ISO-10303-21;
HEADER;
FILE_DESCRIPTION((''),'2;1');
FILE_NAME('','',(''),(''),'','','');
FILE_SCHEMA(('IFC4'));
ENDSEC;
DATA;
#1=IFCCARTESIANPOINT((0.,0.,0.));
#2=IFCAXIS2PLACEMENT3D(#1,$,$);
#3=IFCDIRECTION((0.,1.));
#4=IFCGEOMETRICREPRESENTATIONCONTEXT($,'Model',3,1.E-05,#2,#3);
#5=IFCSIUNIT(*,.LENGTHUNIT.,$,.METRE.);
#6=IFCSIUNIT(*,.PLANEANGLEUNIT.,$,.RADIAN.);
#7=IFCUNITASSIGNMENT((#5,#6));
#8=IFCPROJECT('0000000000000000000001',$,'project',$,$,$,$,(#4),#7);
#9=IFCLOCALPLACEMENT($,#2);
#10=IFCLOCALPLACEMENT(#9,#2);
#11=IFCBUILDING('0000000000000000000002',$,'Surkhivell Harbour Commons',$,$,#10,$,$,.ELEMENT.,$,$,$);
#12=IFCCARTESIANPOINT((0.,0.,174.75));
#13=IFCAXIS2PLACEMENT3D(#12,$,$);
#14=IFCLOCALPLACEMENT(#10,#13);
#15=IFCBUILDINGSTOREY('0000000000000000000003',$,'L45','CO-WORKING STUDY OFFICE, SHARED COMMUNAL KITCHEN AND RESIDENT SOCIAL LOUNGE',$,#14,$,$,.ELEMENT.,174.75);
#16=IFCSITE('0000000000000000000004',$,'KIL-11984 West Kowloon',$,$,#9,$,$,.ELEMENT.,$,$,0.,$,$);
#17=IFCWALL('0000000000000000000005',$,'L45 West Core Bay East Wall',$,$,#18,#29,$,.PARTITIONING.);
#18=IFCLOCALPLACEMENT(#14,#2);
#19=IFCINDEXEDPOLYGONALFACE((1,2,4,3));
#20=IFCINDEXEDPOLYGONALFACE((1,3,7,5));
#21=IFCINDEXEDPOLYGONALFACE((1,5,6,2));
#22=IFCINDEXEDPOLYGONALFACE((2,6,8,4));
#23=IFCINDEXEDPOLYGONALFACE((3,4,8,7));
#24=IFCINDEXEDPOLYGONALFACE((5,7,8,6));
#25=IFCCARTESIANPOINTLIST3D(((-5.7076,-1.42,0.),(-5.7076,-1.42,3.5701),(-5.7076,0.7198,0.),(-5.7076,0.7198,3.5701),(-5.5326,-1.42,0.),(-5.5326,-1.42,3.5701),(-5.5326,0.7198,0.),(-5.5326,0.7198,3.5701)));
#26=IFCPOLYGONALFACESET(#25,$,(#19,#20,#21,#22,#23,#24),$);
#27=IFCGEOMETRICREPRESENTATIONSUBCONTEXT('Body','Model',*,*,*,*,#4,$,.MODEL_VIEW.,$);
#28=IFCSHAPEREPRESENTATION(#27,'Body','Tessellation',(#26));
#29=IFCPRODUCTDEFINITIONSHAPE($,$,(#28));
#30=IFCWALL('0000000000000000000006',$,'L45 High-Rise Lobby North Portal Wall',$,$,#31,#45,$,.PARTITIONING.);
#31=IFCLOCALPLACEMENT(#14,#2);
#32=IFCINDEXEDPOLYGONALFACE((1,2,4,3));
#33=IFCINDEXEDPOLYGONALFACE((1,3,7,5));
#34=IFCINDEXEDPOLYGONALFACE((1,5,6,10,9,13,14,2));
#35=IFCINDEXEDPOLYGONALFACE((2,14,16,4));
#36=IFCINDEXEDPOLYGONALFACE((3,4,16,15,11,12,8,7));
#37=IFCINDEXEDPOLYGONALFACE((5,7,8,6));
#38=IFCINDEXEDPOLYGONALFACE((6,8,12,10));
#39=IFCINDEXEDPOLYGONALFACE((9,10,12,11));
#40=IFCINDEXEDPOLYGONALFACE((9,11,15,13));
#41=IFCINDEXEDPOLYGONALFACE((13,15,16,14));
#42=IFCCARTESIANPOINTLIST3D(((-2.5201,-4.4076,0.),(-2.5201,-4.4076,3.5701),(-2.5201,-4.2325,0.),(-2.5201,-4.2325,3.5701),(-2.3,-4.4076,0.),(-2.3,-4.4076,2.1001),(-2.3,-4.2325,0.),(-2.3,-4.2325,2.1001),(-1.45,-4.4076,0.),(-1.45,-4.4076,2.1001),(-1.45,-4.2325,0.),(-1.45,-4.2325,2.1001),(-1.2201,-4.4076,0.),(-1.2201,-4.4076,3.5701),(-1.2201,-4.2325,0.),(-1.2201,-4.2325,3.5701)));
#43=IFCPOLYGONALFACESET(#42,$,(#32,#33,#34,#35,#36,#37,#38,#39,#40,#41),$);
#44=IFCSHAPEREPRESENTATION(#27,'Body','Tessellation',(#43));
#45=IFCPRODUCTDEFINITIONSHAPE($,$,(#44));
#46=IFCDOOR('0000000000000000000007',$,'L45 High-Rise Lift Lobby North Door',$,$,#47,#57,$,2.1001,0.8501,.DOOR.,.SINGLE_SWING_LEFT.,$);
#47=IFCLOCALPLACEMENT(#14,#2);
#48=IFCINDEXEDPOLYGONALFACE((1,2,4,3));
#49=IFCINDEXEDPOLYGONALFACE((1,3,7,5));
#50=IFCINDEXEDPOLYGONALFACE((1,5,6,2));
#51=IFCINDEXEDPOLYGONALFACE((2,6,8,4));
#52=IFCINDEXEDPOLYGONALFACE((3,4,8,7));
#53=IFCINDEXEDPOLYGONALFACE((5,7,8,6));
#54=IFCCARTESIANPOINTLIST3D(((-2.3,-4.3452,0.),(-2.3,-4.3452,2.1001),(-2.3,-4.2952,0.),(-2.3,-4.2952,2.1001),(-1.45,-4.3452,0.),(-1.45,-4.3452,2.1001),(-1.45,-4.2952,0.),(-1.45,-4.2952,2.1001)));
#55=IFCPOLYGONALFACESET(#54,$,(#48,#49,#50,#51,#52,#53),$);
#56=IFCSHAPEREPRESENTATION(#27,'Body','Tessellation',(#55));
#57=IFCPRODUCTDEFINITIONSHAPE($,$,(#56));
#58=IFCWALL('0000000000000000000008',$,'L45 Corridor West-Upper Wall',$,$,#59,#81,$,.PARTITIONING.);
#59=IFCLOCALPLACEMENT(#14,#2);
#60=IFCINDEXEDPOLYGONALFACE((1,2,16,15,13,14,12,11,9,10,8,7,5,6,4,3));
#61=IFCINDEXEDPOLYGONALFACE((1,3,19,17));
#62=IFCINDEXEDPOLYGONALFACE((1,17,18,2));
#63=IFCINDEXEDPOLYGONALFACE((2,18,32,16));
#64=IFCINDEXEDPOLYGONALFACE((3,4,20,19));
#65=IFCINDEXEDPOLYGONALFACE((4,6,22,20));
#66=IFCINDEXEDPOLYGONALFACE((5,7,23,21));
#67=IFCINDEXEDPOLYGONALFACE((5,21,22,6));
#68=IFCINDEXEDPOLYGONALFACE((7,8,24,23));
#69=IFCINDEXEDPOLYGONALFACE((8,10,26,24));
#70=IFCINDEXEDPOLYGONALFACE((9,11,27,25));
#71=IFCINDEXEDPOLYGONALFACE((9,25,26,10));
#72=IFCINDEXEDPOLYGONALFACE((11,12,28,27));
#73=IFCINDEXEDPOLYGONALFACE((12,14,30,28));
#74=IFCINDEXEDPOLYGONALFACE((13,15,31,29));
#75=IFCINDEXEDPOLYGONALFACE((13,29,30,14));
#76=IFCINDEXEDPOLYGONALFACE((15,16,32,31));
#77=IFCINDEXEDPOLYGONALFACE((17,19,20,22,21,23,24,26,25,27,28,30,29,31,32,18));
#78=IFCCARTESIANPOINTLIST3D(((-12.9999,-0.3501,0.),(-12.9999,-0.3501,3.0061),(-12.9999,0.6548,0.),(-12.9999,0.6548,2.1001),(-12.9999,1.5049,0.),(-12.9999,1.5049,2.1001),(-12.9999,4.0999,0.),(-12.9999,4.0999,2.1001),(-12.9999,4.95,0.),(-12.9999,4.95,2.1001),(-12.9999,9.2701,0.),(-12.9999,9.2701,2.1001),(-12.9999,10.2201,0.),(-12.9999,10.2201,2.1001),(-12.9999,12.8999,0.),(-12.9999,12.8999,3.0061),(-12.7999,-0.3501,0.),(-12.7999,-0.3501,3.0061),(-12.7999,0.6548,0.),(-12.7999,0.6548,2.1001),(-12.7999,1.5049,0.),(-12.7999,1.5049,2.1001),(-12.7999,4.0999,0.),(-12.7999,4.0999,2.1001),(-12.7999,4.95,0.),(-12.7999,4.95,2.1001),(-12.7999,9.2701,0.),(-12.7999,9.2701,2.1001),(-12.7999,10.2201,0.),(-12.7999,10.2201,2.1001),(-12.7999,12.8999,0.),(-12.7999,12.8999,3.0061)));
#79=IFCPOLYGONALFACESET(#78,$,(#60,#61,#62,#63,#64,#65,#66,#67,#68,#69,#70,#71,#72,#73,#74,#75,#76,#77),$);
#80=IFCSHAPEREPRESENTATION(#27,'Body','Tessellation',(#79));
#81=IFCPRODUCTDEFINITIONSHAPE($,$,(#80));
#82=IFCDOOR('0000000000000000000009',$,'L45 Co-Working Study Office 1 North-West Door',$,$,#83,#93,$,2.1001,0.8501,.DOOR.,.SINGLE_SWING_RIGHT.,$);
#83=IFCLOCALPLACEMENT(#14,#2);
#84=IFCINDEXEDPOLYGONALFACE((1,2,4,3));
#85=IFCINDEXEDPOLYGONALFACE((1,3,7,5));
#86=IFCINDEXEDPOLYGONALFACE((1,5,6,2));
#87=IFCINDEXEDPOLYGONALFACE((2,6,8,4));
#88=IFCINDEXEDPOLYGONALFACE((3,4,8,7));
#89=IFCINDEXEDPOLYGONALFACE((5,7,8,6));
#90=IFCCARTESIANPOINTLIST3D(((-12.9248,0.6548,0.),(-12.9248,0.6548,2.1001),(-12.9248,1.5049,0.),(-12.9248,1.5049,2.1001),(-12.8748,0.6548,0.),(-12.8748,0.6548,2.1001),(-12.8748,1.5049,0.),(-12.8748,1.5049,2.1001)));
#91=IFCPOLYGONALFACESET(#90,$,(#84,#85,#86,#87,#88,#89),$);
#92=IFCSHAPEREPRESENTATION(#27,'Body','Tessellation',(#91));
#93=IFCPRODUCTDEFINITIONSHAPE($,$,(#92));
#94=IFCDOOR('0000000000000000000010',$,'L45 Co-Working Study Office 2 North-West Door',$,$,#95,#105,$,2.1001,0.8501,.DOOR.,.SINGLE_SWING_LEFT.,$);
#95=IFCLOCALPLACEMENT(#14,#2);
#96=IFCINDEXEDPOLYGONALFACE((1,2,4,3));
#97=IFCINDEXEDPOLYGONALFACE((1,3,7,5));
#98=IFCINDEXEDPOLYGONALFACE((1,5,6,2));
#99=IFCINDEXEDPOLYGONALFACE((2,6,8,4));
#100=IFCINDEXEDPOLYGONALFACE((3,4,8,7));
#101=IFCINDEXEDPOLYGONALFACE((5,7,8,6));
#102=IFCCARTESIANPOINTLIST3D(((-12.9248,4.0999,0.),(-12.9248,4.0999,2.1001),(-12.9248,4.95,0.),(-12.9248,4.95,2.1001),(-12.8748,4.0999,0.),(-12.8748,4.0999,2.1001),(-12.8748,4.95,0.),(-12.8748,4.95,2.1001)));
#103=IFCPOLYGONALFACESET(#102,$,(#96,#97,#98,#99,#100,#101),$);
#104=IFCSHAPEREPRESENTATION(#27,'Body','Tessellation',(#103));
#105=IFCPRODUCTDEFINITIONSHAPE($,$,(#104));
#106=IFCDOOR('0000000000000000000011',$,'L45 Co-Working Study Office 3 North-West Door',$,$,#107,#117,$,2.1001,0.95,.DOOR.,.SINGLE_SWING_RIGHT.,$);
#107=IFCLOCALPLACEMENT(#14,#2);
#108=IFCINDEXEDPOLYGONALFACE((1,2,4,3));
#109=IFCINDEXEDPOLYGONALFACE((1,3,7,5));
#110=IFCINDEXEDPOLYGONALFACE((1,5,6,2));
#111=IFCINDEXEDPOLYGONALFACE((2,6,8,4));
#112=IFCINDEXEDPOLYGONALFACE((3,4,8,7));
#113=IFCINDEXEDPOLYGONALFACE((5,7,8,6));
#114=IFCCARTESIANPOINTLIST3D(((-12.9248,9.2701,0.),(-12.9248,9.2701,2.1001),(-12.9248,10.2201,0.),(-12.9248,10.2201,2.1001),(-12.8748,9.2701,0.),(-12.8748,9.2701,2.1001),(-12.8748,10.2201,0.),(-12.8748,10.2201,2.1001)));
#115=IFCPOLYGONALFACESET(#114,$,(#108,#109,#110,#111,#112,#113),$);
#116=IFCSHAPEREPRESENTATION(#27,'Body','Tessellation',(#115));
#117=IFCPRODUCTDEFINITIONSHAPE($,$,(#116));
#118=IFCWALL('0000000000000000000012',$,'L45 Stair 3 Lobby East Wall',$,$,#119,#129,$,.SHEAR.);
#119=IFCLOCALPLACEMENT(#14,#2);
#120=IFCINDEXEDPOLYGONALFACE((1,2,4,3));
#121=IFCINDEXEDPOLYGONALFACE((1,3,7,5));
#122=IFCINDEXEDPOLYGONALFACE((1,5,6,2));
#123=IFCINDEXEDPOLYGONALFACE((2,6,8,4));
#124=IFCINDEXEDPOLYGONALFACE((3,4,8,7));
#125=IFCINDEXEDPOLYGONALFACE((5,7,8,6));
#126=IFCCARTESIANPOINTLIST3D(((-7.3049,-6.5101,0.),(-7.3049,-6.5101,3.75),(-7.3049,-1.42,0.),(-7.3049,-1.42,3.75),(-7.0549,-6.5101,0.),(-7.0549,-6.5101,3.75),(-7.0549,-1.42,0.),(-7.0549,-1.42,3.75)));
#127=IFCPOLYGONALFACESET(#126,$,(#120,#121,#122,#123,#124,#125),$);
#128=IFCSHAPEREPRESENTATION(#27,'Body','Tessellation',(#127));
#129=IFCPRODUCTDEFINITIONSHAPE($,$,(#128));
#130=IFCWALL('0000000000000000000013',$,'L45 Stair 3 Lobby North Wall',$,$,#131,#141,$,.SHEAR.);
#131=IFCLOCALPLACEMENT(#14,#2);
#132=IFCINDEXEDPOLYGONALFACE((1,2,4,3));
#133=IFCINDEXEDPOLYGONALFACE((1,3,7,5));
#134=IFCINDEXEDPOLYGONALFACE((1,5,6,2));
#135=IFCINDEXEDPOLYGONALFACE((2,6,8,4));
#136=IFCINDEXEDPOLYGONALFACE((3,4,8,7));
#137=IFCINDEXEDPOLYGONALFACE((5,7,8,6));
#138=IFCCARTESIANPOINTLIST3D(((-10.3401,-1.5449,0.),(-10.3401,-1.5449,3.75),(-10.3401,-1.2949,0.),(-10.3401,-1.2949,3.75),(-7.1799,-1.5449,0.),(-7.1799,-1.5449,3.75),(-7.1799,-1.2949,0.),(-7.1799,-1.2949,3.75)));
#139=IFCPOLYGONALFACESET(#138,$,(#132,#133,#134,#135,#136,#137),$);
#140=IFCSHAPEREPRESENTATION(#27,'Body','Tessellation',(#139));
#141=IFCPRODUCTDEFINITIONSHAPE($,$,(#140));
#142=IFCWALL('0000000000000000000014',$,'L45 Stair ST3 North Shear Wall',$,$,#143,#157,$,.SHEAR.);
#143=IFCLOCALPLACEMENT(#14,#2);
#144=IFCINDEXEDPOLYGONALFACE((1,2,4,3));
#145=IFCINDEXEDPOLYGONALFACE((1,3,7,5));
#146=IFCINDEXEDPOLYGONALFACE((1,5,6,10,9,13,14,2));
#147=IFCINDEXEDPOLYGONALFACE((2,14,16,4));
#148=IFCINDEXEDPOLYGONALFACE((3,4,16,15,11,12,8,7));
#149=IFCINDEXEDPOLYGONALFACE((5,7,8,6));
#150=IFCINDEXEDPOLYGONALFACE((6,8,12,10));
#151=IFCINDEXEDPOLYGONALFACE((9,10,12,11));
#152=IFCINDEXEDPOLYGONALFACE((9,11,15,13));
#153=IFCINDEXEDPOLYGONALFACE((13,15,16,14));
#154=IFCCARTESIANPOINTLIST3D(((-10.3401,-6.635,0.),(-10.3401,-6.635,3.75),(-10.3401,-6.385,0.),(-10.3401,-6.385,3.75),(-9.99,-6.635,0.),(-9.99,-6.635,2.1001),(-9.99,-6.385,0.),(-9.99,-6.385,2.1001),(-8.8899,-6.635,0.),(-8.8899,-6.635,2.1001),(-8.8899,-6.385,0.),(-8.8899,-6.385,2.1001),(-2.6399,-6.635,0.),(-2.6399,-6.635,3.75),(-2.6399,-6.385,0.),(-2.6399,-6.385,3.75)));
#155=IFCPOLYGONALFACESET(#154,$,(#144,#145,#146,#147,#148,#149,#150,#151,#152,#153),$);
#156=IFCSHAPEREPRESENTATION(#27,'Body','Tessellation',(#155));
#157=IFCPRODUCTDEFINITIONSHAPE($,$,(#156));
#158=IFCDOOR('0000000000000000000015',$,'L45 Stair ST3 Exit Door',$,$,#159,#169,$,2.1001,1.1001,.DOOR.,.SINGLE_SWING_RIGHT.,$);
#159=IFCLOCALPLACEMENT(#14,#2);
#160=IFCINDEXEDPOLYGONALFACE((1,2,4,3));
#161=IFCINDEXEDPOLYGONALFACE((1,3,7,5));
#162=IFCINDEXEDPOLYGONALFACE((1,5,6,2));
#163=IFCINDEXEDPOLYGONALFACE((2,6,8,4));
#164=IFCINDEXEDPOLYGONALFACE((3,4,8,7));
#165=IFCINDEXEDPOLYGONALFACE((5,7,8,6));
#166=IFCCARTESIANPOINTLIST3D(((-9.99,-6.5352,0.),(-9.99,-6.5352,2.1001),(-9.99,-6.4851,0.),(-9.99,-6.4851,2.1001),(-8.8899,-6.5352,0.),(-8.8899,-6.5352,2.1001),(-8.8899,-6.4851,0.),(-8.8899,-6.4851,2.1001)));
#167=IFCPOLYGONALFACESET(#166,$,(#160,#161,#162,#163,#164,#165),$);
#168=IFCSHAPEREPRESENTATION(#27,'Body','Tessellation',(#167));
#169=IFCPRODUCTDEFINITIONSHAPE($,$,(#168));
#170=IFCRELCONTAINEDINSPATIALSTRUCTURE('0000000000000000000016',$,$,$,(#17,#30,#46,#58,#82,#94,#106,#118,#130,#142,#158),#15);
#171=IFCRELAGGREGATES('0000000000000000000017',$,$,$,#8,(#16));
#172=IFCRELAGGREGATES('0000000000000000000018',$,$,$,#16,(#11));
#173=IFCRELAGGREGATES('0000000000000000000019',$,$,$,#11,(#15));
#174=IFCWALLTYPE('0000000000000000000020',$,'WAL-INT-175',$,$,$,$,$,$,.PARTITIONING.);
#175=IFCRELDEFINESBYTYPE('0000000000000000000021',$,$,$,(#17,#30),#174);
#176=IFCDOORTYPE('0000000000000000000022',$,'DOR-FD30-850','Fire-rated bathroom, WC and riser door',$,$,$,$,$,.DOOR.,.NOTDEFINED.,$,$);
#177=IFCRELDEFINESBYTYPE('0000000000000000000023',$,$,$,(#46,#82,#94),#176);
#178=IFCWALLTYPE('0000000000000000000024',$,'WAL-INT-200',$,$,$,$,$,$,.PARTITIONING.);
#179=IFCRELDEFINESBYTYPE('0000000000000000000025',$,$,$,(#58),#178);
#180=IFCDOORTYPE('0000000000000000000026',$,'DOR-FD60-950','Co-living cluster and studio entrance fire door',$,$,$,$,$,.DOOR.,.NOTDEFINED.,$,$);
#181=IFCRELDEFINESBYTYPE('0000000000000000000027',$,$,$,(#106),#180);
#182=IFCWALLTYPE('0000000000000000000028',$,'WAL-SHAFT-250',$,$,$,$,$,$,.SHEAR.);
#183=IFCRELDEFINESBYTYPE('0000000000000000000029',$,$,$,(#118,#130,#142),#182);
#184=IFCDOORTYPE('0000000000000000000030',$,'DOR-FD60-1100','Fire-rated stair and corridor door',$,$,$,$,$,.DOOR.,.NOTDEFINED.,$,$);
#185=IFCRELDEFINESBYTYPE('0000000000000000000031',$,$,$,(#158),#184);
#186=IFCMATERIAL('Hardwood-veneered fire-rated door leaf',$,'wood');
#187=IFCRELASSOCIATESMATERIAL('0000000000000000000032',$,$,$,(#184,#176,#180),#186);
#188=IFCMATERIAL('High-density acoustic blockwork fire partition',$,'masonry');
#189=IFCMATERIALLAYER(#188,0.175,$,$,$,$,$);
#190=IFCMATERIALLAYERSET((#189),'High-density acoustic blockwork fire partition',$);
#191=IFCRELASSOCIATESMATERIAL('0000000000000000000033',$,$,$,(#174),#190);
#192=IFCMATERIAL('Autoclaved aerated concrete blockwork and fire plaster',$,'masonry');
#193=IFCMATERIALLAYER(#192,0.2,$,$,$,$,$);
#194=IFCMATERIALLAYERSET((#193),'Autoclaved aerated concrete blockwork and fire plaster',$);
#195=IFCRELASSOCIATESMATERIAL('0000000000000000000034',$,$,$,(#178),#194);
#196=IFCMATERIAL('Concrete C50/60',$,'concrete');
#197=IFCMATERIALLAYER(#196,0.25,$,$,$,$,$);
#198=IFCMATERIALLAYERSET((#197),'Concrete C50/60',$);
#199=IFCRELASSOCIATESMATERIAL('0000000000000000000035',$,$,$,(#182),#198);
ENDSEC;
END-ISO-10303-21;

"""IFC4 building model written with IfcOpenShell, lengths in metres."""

from ifc_helpers import new_model, si_unit, direction, frame, frame_2d, origin, place, context, subcontext, project, spatial, rectangle, extrude, material, layer, layer_set, type_object, element, fill, save


model = new_model("IFC4")

# Units and contexts
model_context = context("Model", 3, precision=1e-05, world=origin(), true_north=direction((0.0, 1.0)))
body_context = subcontext(model_context, "Body", "Model", "MODEL_VIEW")
ifc_project = project(units=[si_unit("LENGTHUNIT", "METRE"), si_unit("PLANEANGLEUNIT", "RADIAN")], contexts=[model_context])

# Site, building, storey
site_placement = place(None, origin())
site = spatial("IfcSite", under=ifc_project, at=site_placement, Name="KIL-11984 West Kowloon", CompositionType="ELEMENT", RefElevation=0.0)
building_placement = place(site_placement, origin())
building = spatial("IfcBuilding", under=site, at=building_placement, Name="Surkhivell Harbour Commons", CompositionType="ELEMENT")
storey_placement = place(building_placement, frame((0.0, 0.0, 174.75)))
storey = spatial("IfcBuildingStorey", under=building, at=storey_placement, Name="L45", Description="CO-WORKING STUDY OFFICE, SHARED COMMUNAL KITCHEN AND RESIDENT SOCIAL LOUNGE", CompositionType="ELEMENT", Elevation=174.75)

# Shared definitions
ifc_material_1 = material(Name="Hardwood-veneered fire-rated door leaf", Category="wood")
door_type_1 = type_object("IfcDoorType", Name="DOR-FD60-1100", Description="Fire-rated stair and corridor door", OperationType="NOTDEFINED", PredefinedType="DOOR", material=ifc_material_1)
door_type_2 = type_object("IfcDoorType", Name="DOR-FD30-850", Description="Fire-rated bathroom, WC and riser door", OperationType="NOTDEFINED", PredefinedType="DOOR", material=ifc_material_1)
ifc_material_2 = material(Name="High-density acoustic blockwork fire partition", Category="masonry")
ifc_layer_1 = layer(ifc_material_2, 0.175)
ifc_layer_set_1 = layer_set([ifc_layer_1], Name="High-density acoustic blockwork fire partition")
wall_type_1 = type_object("IfcWallType", Name="WAL-INT-175", PredefinedType="PARTITIONING", material=ifc_layer_set_1)

# Wall
wall_1_placement = place(storey_placement, frame((-5.6201, -1.4199, 0.0), z_axis=(0.0, 0.0, 1.0), x_axis=(0.0, 1.0, 0.0)))
element("IfcWall", 1, at=wall_1_placement, inside=storey, type_object=wall_type_1, Name="L45 West Core Bay East Wall", PredefinedType="PARTITIONING", context=body_context, shape_type="SweptSolid", body=[
    extrude(rectangle(XDim=2.1399, YDim=0.175, at=frame_2d((1.0698, 0.0))), origin(), (0.0, 0.0, 1.0), 3.5701),
])

# Wall, opening, door
wall_2_placement = place(storey_placement, frame((-2.52, -4.3201, 0.0), z_axis=(0.0, 0.0, 1.0), x_axis=(1.0, 0.0, 0.0)))
wall_2 = element("IfcWall", 2, at=wall_2_placement, inside=storey, type_object=wall_type_1, Name="L45 High-Rise Lobby North Portal Wall", PredefinedType="PARTITIONING", context=body_context, shape_type="SweptSolid", body=[
    extrude(rectangle(XDim=1.3, YDim=0.175, at=frame_2d((0.6499, 0.0))), origin(), (0.0, 0.0, 1.0), 3.5701),
])
opening_1_placement = place(wall_2_placement, frame((0.22, 0.0, 0.0)))
opening_1 = element("IfcOpeningElement", 3, at=opening_1_placement, cuts=wall_2, PredefinedType="OPENING", context=body_context, shape_type="SweptSolid", body=[
    extrude(rectangle(XDim=0.8501, YDim=2.1001, at=frame_2d((0.425, 1.05))), frame((0.0, 0.0974, 0.0), z_axis=(0.0, -1.0, 0.0), x_axis=(1.0, 0.0, 0.0)), (0.0, 0.0, 1.0), 0.1951),
])
door_1_placement = place(opening_1_placement, origin())
door_1 = element("IfcDoor", 4, at=door_1_placement, inside=storey, type_object=door_type_2, Name="L45 High-Rise Lift Lobby North Door", OperationType="SINGLE_SWING_LEFT", OverallHeight=2.1001, OverallWidth=0.8501, PredefinedType="DOOR", context=body_context, shape_type="SweptSolid", body=[
    extrude(rectangle(XDim=0.8501, YDim=2.1001, at=frame_2d((0.425, 1.05))), frame((0.0, 0.0249, 0.0), z_axis=(0.0, -1.0, 0.0), x_axis=(1.0, 0.0, 0.0)), (0.0, 0.0, 1.0), 0.05),
])
fill(opening_1, door_1)

# Wall, openings, doors
ifc_material_3 = material(Name="Autoclaved aerated concrete blockwork and fire plaster", Category="masonry")
ifc_layer_2 = layer(ifc_material_3, 0.2)
ifc_layer_set_2 = layer_set([ifc_layer_2], Name="Autoclaved aerated concrete blockwork and fire plaster")
wall_type_2 = type_object("IfcWallType", Name="WAL-INT-200", PredefinedType="PARTITIONING", material=ifc_layer_set_2)
wall_3_placement = place(storey_placement, frame((-12.8999, -0.3501, 0.0), z_axis=(0.0, 0.0, 1.0), x_axis=(0.0, 1.0, 0.0)))
wall_3 = element("IfcWall", 5, at=wall_3_placement, inside=storey, type_object=wall_type_2, Name="L45 Corridor West-Upper Wall", PredefinedType="PARTITIONING", context=body_context, shape_type="SweptSolid", body=[
    extrude(rectangle(XDim=13.25, YDim=0.2, at=frame_2d((6.625, 0.0))), origin(), (0.0, 0.0, 1.0), 3.0061),
])
opening_2_placement = place(wall_3_placement, frame((1.0049, 0.0, 0.0)))
opening_2 = element("IfcOpeningElement", 6, at=opening_2_placement, cuts=wall_3, PredefinedType="OPENING", context=body_context, shape_type="SweptSolid", body=[
    extrude(rectangle(XDim=0.8501, YDim=2.1001, at=frame_2d((0.425, 1.05))), frame((0.0, 0.1099, 0.0), z_axis=(0.0, -1.0, 0.0), x_axis=(1.0, 0.0, 0.0)), (0.0, 0.0, 1.0), 0.22),
])
opening_3_placement = place(wall_3_placement, frame((4.45, 0.0, 0.0)))
opening_3 = element("IfcOpeningElement", 7, at=opening_3_placement, cuts=wall_3, PredefinedType="OPENING", context=body_context, shape_type="SweptSolid", body=[
    extrude(rectangle(XDim=0.8501, YDim=2.1001, at=frame_2d((0.425, 1.05))), frame((0.0, 0.1099, 0.0), z_axis=(0.0, -1.0, 0.0), x_axis=(1.0, 0.0, 0.0)), (0.0, 0.0, 1.0), 0.22),
])
opening_4_placement = place(wall_3_placement, frame((9.6201, 0.0, 0.0)))
opening_4 = element("IfcOpeningElement", 8, at=opening_4_placement, cuts=wall_3, PredefinedType="OPENING", context=body_context, shape_type="SweptSolid", body=[
    extrude(rectangle(XDim=0.95, YDim=2.1001, at=frame_2d((0.4751, 1.05))), frame((0.0, 0.1099, 0.0), z_axis=(0.0, -1.0, 0.0), x_axis=(1.0, 0.0, 0.0)), (0.0, 0.0, 1.0), 0.22),
])
door_2_placement = place(opening_2_placement, origin())
door_2 = element("IfcDoor", 9, at=door_2_placement, inside=storey, type_object=door_type_2, Name="L45 Co-Working Study Office 1 North-West Door", OperationType="SINGLE_SWING_RIGHT", OverallHeight=2.1001, OverallWidth=0.8501, PredefinedType="DOOR", context=body_context, shape_type="SweptSolid", body=[
    extrude(rectangle(XDim=0.8501, YDim=2.1001, at=frame_2d((0.425, 1.05))), frame((0.0, 0.0249, 0.0), z_axis=(0.0, -1.0, 0.0), x_axis=(1.0, 0.0, 0.0)), (0.0, 0.0, 1.0), 0.05),
])
fill(opening_2, door_2)
door_3_placement = place(opening_3_placement, origin())
door_3 = element("IfcDoor", 10, at=door_3_placement, inside=storey, type_object=door_type_2, Name="L45 Co-Working Study Office 2 North-West Door", OperationType="SINGLE_SWING_LEFT", OverallHeight=2.1001, OverallWidth=0.8501, PredefinedType="DOOR", context=body_context, shape_type="SweptSolid", body=[
    extrude(rectangle(XDim=0.8501, YDim=2.1001, at=frame_2d((0.425, 1.05))), frame((0.0, 0.0249, 0.0), z_axis=(0.0, -1.0, 0.0), x_axis=(1.0, 0.0, 0.0)), (0.0, 0.0, 1.0), 0.05),
])
fill(opening_3, door_3)
door_type_3 = type_object("IfcDoorType", Name="DOR-FD60-950", Description="Co-living cluster and studio entrance fire door", OperationType="NOTDEFINED", PredefinedType="DOOR", material=ifc_material_1)
door_4_placement = place(opening_4_placement, origin())
door_4 = element("IfcDoor", 11, at=door_4_placement, inside=storey, type_object=door_type_3, Name="L45 Co-Working Study Office 3 North-West Door", OperationType="SINGLE_SWING_RIGHT", OverallHeight=2.1001, OverallWidth=0.95, PredefinedType="DOOR", context=body_context, shape_type="SweptSolid", body=[
    extrude(rectangle(XDim=0.95, YDim=2.1001, at=frame_2d((0.4751, 1.05))), frame((0.0, 0.0249, 0.0), z_axis=(0.0, -1.0, 0.0), x_axis=(1.0, 0.0, 0.0)), (0.0, 0.0, 1.0), 0.05),
])
fill(opening_4, door_4)

# Walls
ifc_material_4 = material(Name="Concrete C50/60", Category="concrete")
ifc_layer_3 = layer(ifc_material_4, 0.25)
ifc_layer_set_3 = layer_set([ifc_layer_3], Name="Concrete C50/60")
wall_type_3 = type_object("IfcWallType", Name="WAL-SHAFT-250", PredefinedType="SHEAR", material=ifc_layer_set_3)
wall_4_placement = place(storey_placement, frame((-7.1799, -6.51, 0.0), z_axis=(0.0, 0.0, 1.0), x_axis=(0.0, 1.0, 0.0)))
element("IfcWall", 12, at=wall_4_placement, inside=storey, type_object=wall_type_3, Name="L45 Stair 3 Lobby East Wall", PredefinedType="SHEAR", context=body_context, shape_type="SweptSolid", body=[
    extrude(rectangle(XDim=5.0901, YDim=0.25, at=frame_2d((2.5449, 0.0))), origin(), (0.0, 0.0, 1.0), 3.75),
])
wall_5_placement = place(storey_placement, frame((-10.3401, -1.4199, 0.0), z_axis=(0.0, 0.0, 1.0), x_axis=(1.0, 0.0, 0.0)))
element("IfcWall", 13, at=wall_5_placement, inside=storey, type_object=wall_type_3, Name="L45 Stair 3 Lobby North Wall", PredefinedType="SHEAR", context=body_context, shape_type="SweptSolid", body=[
    extrude(rectangle(XDim=3.1602, YDim=0.25, at=frame_2d((1.5801, 0.0))), origin(), (0.0, 0.0, 1.0), 3.75),
])

# Wall, opening, door
wall_6_placement = place(storey_placement, frame((-10.3401, -6.51, 0.0), z_axis=(0.0, 0.0, 1.0), x_axis=(1.0, 0.0, 0.0)))
wall_6 = element("IfcWall", 14, at=wall_6_placement, inside=storey, type_object=wall_type_3, Name="L45 Stair ST3 North Shear Wall", PredefinedType="SHEAR", context=body_context, shape_type="SweptSolid", body=[
    extrude(rectangle(XDim=7.7002, YDim=0.25, at=frame_2d((3.8501, 0.0))), origin(), (0.0, 0.0, 1.0), 3.75),
])
opening_5_placement = place(wall_6_placement, frame((0.3501, 0.0, 0.0)))
opening_5 = element("IfcOpeningElement", 15, at=opening_5_placement, cuts=wall_6, PredefinedType="OPENING", context=body_context, shape_type="SweptSolid", body=[
    extrude(rectangle(XDim=1.1001, YDim=2.1001, at=frame_2d((0.55, 1.05))), frame((0.0, 0.135, 0.0), z_axis=(0.0, -1.0, 0.0), x_axis=(1.0, 0.0, 0.0)), (0.0, 0.0, 1.0), 0.27),
])
door_5_placement = place(opening_5_placement, origin())
door_5 = element("IfcDoor", 16, at=door_5_placement, inside=storey, type_object=door_type_1, Name="L45 Stair ST3 Exit Door", OperationType="SINGLE_SWING_RIGHT", OverallHeight=2.1001, OverallWidth=1.1001, PredefinedType="DOOR", context=body_context, shape_type="SweptSolid", body=[
    extrude(rectangle(XDim=1.1001, YDim=2.1001, at=frame_2d((0.55, 1.05))), frame((0.0, 0.0249, 0.0), z_axis=(0.0, -1.0, 0.0), x_axis=(1.0, 0.0, 0.0)), (0.0, 0.0, 1.0), 0.05),
])
fill(opening_5, door_5)

save(model, "model.ifc")
